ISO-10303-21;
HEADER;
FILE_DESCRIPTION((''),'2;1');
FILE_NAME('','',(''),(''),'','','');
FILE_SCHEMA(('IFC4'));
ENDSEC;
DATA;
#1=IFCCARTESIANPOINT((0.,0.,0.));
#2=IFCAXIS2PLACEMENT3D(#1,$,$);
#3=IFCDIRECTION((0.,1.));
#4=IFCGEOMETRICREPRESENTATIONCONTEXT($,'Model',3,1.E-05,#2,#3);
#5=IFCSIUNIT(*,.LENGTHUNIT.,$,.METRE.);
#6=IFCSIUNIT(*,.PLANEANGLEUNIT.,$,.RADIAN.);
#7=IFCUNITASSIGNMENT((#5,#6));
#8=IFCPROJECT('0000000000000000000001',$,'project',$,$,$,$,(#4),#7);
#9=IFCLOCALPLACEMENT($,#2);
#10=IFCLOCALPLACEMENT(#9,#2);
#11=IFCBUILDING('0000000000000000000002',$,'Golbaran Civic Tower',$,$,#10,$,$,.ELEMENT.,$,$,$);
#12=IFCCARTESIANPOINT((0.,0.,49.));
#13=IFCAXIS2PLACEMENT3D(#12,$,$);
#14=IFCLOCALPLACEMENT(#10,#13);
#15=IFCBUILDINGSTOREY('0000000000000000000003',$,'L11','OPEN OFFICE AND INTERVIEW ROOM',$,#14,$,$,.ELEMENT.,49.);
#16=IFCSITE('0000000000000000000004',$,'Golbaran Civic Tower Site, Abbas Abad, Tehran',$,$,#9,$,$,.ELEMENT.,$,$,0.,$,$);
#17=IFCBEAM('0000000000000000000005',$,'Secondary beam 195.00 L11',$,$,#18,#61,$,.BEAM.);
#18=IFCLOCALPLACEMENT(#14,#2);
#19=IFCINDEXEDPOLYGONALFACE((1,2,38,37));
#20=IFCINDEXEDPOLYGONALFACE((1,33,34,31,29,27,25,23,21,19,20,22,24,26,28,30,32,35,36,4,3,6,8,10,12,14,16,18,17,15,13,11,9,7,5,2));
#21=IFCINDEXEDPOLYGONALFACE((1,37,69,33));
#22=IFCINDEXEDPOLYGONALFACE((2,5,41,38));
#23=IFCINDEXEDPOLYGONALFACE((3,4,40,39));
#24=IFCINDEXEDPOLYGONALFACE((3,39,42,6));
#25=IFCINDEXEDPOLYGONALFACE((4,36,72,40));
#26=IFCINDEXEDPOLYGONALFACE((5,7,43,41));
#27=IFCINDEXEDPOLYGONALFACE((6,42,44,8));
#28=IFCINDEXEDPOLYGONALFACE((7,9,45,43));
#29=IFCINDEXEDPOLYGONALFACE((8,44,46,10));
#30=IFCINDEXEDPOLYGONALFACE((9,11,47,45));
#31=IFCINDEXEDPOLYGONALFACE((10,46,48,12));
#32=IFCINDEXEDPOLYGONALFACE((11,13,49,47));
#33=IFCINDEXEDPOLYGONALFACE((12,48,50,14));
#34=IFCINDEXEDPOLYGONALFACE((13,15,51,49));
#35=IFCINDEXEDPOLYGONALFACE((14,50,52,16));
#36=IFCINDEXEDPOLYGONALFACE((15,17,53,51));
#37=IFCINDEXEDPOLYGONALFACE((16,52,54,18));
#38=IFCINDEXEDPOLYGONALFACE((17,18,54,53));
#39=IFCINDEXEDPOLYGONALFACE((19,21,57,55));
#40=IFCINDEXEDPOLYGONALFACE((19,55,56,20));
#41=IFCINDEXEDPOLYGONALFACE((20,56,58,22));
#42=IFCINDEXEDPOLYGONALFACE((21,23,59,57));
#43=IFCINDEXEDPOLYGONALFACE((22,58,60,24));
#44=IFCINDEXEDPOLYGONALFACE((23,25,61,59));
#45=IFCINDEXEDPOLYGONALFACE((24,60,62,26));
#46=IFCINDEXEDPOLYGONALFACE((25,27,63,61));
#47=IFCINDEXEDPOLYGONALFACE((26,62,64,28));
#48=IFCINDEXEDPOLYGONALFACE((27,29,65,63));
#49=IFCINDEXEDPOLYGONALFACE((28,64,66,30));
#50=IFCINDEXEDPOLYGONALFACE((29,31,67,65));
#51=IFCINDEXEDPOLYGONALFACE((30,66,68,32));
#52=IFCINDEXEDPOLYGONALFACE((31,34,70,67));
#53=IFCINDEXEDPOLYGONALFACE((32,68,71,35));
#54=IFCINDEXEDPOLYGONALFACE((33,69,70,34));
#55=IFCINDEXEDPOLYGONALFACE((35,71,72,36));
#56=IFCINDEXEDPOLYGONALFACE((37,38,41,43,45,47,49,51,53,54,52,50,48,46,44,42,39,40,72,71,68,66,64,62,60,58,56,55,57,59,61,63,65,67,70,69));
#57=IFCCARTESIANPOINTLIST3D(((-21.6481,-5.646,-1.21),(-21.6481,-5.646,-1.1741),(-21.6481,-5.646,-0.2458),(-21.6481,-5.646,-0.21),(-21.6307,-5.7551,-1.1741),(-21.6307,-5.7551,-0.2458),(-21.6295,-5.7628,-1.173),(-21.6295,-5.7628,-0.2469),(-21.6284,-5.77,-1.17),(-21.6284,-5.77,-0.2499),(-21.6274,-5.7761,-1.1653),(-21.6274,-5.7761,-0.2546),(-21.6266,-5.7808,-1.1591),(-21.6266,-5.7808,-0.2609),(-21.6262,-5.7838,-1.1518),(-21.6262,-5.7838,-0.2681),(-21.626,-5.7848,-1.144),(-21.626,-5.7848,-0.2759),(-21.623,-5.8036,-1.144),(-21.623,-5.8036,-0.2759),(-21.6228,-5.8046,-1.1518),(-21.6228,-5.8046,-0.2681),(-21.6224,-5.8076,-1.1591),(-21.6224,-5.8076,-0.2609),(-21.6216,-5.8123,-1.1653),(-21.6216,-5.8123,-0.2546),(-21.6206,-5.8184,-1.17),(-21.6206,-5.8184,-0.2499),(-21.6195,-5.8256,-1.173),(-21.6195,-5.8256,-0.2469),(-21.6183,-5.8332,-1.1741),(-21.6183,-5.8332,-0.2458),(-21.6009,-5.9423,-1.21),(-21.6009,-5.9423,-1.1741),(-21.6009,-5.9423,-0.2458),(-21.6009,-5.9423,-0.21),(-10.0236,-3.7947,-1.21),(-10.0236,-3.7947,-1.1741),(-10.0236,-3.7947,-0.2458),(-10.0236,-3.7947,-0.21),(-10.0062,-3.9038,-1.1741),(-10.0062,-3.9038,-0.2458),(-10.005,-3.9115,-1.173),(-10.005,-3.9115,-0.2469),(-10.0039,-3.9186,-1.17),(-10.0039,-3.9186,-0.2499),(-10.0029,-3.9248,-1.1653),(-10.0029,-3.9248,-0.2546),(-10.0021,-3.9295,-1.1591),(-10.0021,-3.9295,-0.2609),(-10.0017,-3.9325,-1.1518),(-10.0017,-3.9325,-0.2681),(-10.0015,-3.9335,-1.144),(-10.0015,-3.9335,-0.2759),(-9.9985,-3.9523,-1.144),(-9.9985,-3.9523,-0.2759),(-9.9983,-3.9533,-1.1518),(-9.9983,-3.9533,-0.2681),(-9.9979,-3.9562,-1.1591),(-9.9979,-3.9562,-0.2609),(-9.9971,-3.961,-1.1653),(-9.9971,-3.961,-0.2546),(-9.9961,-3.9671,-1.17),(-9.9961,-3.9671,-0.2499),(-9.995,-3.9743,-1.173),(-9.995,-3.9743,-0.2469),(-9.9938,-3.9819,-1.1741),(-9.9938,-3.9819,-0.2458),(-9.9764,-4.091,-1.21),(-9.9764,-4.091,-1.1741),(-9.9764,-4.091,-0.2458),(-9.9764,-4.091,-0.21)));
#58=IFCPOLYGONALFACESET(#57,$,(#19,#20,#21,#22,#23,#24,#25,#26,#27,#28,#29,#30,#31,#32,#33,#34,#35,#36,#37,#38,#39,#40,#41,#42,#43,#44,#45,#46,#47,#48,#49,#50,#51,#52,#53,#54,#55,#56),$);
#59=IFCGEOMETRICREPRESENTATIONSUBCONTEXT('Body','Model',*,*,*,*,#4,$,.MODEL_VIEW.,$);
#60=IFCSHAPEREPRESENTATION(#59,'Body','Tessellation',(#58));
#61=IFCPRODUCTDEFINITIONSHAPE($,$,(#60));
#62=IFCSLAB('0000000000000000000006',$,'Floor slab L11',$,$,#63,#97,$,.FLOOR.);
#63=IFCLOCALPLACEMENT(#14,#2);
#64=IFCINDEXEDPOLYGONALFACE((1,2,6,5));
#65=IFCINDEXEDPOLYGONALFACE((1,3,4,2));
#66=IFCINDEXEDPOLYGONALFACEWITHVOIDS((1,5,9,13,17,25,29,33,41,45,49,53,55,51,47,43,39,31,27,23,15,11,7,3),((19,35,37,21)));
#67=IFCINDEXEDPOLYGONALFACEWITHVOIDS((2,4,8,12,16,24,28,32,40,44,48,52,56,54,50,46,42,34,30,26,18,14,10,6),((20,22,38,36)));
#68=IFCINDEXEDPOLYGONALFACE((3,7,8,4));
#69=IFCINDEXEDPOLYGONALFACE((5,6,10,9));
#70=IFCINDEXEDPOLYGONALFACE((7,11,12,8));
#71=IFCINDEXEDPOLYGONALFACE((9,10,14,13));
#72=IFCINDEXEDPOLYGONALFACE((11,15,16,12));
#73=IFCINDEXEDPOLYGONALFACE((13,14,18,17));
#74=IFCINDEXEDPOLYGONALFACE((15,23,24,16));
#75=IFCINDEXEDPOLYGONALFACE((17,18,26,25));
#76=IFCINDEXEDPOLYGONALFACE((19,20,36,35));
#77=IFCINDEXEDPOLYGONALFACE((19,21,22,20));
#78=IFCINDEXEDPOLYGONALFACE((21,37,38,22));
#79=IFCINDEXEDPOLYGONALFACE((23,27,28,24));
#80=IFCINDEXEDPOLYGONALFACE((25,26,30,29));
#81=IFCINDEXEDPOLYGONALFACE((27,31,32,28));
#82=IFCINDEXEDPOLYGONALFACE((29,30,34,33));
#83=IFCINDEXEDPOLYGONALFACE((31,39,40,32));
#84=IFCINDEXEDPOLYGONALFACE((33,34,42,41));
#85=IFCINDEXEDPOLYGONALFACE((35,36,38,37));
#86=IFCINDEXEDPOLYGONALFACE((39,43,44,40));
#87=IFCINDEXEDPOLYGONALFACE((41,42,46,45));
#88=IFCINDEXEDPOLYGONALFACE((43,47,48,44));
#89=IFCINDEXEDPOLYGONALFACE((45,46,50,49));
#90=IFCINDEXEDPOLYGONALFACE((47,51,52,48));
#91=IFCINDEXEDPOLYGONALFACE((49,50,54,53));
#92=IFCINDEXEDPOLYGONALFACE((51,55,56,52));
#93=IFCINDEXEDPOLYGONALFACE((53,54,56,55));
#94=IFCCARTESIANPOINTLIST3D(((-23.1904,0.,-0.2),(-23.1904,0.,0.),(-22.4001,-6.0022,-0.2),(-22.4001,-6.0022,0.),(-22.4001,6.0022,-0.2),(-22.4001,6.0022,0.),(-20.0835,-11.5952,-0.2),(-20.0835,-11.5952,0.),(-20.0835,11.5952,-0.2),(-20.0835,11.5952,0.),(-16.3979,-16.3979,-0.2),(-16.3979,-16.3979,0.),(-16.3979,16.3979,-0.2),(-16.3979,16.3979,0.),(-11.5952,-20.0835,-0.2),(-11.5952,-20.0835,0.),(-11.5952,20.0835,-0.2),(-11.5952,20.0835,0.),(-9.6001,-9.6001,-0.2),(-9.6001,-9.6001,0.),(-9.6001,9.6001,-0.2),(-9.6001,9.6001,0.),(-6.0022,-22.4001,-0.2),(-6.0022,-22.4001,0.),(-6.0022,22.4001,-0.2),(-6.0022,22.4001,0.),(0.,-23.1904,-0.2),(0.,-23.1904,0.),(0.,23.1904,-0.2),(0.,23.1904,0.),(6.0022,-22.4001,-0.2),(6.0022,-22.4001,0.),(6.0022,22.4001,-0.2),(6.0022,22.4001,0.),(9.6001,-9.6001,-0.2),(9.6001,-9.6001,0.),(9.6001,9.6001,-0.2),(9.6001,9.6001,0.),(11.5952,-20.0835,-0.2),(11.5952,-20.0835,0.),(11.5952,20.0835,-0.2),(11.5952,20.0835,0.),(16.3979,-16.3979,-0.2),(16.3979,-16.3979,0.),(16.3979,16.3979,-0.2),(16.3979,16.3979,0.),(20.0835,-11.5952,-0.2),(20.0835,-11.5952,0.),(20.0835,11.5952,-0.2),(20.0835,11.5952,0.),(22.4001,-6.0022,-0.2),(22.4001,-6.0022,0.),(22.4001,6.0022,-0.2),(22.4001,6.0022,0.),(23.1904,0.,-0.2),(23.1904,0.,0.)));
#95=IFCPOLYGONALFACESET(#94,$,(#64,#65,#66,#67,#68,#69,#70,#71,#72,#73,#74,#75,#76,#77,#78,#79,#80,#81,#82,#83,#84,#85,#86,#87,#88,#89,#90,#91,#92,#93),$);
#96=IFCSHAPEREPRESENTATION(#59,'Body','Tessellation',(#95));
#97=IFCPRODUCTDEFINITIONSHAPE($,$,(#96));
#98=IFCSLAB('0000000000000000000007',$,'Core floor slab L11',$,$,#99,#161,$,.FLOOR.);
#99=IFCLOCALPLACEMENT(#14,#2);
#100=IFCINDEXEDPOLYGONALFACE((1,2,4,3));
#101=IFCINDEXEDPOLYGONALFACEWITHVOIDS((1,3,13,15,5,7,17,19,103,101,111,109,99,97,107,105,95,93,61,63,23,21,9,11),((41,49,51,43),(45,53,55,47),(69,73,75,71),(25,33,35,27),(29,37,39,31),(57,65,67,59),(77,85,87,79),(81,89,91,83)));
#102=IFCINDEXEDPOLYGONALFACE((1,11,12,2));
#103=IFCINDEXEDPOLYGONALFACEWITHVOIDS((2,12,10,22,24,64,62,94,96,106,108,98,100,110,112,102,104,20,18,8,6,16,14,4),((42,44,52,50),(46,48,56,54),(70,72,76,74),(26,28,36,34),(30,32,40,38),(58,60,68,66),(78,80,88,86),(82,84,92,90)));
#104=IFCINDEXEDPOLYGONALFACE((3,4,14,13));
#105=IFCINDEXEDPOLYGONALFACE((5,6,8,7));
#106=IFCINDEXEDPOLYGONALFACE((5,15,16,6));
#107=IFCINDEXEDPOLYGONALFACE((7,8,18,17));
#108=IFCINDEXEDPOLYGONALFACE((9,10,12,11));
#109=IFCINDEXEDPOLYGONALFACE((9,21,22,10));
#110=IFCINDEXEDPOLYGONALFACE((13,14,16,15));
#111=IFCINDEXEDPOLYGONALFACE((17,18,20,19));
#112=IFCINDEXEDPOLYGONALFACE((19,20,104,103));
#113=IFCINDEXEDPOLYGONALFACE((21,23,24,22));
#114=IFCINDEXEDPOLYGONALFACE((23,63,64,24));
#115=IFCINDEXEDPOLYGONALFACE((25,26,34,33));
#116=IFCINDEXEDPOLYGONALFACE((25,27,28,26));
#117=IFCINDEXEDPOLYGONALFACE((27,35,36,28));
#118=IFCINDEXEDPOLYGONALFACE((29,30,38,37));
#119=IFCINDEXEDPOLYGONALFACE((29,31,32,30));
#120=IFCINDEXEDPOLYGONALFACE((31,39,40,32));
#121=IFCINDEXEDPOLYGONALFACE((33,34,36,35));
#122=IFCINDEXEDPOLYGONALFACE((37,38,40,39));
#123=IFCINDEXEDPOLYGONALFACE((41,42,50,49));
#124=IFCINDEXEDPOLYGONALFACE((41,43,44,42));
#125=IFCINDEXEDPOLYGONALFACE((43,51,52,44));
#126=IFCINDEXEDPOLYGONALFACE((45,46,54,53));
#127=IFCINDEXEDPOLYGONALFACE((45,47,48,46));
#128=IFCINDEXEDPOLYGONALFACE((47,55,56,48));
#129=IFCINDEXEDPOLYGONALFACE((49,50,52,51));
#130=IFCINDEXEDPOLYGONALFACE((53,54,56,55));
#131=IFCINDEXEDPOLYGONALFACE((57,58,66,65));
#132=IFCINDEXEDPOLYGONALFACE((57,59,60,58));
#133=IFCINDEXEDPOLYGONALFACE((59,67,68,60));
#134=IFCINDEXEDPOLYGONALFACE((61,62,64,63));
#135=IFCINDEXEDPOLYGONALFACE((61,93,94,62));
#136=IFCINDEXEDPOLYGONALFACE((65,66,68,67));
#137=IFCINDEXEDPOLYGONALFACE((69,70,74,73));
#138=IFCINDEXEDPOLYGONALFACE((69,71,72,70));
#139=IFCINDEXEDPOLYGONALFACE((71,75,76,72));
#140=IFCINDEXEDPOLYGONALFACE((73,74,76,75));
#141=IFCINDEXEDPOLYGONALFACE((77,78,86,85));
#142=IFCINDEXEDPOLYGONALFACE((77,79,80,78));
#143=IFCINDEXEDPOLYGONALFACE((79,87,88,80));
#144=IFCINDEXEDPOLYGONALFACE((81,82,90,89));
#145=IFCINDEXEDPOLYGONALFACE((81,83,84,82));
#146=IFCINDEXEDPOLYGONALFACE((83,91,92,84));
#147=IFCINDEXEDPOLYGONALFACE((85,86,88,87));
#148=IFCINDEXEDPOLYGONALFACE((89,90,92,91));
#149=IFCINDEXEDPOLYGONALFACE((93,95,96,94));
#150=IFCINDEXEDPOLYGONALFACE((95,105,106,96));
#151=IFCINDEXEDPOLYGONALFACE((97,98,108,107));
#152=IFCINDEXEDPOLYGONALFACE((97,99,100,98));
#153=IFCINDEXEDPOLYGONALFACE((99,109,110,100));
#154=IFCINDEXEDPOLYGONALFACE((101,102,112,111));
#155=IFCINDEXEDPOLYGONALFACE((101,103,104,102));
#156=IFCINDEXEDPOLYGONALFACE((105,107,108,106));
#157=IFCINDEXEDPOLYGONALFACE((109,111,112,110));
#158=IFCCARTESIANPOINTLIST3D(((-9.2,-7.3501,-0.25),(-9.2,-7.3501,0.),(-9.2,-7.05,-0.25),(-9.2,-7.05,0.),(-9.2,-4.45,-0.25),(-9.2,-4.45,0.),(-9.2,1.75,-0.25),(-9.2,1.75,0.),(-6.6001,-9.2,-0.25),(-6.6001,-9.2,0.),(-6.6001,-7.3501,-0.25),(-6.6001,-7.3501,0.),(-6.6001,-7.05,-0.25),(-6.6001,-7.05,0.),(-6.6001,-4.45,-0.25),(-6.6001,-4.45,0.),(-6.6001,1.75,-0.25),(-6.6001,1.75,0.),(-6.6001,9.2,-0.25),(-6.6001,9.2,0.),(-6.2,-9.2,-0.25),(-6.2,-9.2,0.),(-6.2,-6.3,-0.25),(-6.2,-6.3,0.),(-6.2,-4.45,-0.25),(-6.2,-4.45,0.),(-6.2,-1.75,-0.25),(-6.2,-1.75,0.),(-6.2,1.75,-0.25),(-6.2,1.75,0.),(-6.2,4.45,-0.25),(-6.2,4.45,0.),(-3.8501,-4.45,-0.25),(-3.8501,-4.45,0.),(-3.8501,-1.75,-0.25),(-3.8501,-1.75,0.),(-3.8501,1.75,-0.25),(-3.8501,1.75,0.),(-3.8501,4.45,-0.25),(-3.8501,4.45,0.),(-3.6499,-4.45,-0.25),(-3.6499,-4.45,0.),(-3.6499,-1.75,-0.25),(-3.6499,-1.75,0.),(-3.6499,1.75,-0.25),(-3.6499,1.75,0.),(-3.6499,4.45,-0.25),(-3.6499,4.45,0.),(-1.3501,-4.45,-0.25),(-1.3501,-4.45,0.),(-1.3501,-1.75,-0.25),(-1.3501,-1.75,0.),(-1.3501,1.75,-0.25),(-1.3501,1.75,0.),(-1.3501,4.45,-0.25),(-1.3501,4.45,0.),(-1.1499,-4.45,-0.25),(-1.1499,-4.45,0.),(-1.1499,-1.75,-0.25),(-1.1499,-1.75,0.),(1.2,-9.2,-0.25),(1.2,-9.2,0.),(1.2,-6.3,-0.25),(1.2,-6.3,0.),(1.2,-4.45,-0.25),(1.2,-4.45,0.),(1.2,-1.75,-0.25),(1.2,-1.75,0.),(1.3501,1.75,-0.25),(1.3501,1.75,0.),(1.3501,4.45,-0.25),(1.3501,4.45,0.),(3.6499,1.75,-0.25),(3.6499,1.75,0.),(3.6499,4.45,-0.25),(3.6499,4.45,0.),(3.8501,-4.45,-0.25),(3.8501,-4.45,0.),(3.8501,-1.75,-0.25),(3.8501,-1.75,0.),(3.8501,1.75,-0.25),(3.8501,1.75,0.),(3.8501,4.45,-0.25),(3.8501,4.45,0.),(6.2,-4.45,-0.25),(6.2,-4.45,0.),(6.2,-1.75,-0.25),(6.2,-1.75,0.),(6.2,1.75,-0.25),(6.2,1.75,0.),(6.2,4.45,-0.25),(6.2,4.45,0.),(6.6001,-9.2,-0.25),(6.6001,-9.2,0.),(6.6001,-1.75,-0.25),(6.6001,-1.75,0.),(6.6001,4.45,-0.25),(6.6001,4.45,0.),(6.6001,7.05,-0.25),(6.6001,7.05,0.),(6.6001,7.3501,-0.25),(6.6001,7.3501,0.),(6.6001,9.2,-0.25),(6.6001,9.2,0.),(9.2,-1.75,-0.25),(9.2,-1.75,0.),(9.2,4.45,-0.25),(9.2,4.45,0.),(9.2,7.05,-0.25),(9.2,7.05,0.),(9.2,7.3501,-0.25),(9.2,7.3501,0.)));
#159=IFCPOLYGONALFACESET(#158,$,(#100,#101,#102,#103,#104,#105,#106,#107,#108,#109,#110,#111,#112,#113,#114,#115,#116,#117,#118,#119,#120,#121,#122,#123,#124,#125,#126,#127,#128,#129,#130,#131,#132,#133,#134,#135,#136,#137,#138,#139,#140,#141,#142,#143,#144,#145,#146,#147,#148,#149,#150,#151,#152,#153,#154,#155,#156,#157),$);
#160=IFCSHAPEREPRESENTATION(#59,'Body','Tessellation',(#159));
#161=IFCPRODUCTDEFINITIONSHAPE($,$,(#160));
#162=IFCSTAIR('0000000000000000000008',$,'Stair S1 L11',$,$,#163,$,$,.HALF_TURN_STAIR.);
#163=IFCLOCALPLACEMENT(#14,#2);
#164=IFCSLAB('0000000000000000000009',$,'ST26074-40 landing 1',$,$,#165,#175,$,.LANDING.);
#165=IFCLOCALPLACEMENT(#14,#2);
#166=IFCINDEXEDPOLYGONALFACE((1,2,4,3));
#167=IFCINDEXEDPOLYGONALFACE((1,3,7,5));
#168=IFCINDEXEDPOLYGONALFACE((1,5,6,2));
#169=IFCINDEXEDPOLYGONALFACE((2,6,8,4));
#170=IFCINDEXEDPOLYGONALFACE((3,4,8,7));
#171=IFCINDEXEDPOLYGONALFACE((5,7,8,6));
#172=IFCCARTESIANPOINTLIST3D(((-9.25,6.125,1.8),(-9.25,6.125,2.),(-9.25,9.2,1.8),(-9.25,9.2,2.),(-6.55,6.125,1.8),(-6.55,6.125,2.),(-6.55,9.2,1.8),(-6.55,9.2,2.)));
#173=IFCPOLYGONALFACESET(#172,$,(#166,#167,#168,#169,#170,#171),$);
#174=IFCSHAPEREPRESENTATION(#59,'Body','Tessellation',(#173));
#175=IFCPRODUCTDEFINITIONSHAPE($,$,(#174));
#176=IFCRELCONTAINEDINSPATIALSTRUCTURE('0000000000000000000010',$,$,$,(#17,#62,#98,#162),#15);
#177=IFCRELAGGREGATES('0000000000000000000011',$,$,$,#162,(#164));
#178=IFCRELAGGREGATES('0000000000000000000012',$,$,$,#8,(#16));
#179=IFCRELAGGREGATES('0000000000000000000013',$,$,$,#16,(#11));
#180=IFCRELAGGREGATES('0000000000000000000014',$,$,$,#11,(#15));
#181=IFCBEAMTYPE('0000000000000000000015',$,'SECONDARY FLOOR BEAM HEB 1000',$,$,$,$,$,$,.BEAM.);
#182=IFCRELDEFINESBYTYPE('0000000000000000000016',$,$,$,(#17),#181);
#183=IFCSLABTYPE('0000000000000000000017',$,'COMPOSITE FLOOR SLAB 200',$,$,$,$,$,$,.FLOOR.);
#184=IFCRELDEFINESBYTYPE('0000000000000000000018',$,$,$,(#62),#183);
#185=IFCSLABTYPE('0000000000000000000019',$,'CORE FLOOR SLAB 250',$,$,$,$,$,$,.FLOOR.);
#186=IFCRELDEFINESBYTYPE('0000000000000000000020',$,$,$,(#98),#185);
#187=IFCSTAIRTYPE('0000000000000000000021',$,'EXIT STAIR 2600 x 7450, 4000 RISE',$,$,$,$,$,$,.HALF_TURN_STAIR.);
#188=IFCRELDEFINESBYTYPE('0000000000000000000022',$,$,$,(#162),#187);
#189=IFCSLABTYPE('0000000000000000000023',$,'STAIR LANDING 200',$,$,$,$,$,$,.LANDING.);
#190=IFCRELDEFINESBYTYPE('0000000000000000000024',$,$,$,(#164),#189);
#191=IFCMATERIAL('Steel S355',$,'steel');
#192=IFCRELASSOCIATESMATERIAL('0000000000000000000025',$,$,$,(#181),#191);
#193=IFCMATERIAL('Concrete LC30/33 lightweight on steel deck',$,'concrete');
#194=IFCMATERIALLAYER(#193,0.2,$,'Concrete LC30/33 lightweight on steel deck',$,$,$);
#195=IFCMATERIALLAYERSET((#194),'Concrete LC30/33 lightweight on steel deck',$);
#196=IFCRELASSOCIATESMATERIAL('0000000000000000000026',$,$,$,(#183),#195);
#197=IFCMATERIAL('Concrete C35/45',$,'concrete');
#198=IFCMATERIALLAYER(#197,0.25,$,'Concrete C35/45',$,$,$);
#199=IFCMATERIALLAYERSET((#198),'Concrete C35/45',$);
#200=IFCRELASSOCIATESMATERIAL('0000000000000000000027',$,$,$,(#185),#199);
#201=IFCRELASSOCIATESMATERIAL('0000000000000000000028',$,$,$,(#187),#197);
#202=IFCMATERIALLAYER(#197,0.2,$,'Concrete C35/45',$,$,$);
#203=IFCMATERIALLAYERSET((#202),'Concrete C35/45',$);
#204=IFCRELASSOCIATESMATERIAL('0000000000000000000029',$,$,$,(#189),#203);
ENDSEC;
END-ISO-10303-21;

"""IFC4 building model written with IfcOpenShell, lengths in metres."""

from ifc_helpers import new_model, si_unit, direction, frame, origin, origin_2d, place, context, subcontext, project, spatial, polyline, i_section, outline, extrude, material, layer, layer_set, material_profile, profile_set, type_object, element, aggregate, save


model = new_model("IFC4")

# Units and contexts
model_context = context("Model", 3, precision=1e-05, world=origin(), true_north=direction((0.0, 1.0)))
body_context = subcontext(model_context, "Body", "Model", "MODEL_VIEW")
ifc_project = project(units=[si_unit("LENGTHUNIT", "METRE"), si_unit("PLANEANGLEUNIT", "RADIAN")], contexts=[model_context])

# Site, building, storey
site_placement = place(None, origin())
site = spatial("IfcSite", under=ifc_project, at=site_placement, Name="Golbaran Civic Tower Site, Abbas Abad, Tehran", CompositionType="ELEMENT", RefElevation=0.0)
building_placement = place(site_placement, origin())
building = spatial("IfcBuilding", under=site, at=building_placement, Name="Golbaran Civic Tower", CompositionType="ELEMENT")
storey_placement = place(building_placement, frame((0.0, 0.0, 49.0)))
storey = spatial("IfcBuildingStorey", under=building, at=storey_placement, Name="L11", Description="OPEN OFFICE AND INTERVIEW ROOM", CompositionType="ELEMENT", Elevation=49.0)

# Beam
ifc_material_1 = material(Name="Steel S355", Category="steel")
ifc_material_profile_1 = material_profile(ifc_material_1, i_section(OverallWidth=0.3, OverallDepth=1.0, WebThickness=0.019, FlangeThickness=0.0359, FilletRadius=0.03, at=origin_2d()), Name="HEB 1000")
ifc_profile_set_1 = profile_set([ifc_material_profile_1], Name="Steel S355")
beam_type_1 = type_object("IfcBeamType", Name="SECONDARY FLOOR BEAM HEB 1000", PredefinedType="BEAM", material=ifc_profile_set_1)
beam_1_placement = place(storey_placement, frame((-10.0, -3.9429, -0.71), z_axis=(-0.987554, -0.157278, 0.0), x_axis=(0.157278, -0.987554, 0.0)))
element("IfcBeam", 1, at=beam_1_placement, inside=storey, type_object=beam_type_1, Name="Secondary beam 195.00 L11", PredefinedType="BEAM", context=body_context, shape_type="SweptSolid", body=[
    extrude(i_section(OverallWidth=0.3, OverallDepth=1.0, WebThickness=0.019, FlangeThickness=0.0359, FilletRadius=0.03, at=origin_2d()), origin(), (0.0, 0.0, 1.0), 11.771),
])

# Slabs
ifc_material_2 = material(Name="Concrete LC30/33 lightweight on steel deck", Category="concrete")
ifc_layer_1 = layer(ifc_material_2, 0.2, Name="Concrete LC30/33 lightweight on steel deck")
ifc_layer_set_1 = layer_set([ifc_layer_1], Name="Concrete LC30/33 lightweight on steel deck")
slab_type_1 = type_object("IfcSlabType", Name="COMPOSITE FLOOR SLAB 200", PredefinedType="FLOOR", material=ifc_layer_set_1)
slab_1_placement = place(storey_placement, frame((0.0, 0.0, -0.2)))
element("IfcSlab", 2, at=slab_1_placement, inside=storey, type_object=slab_type_1, Name="Floor slab L11", PredefinedType="FLOOR", context=body_context, shape_type="SweptSolid", body=[
    extrude(outline(polyline([(20.0835, -11.5952), (16.3979, -16.3979), (11.5952, -20.0835), (6.0022, -22.4001), (0.0, -23.1904), (-6.0022, -22.4001), (-11.5952, -20.0835), (-16.3979, -16.3979), (-20.0835, -11.5952), (-22.4001, -6.0022), (-23.1904, 0.0), (-22.4001, 6.0022), (-20.0835, 11.5952), (-16.3979, 16.3979), (-11.5952, 20.0835), (-6.0022, 22.4001), (0.0, 23.1904), (6.0022, 22.4001), (11.5952, 20.0835), (16.3979, 16.3979), (20.0835, 11.5952), (22.4001, 6.0022), (23.1904, 0.0), (22.4001, -6.0022), (20.0835, -11.5952)]), holes=[polyline([(-9.6001, 9.6001), (-9.6001, -9.6001), (9.6001, -9.6001), (9.6001, 9.6001), (-9.6001, 9.6001)])]), origin(), (0.0, 0.0, 1.0), 0.2),
])
ifc_material_3 = material(Name="Concrete C35/45", Category="concrete")
ifc_layer_2 = layer(ifc_material_3, 0.25, Name="Concrete C35/45")
ifc_layer_set_2 = layer_set([ifc_layer_2], Name="Concrete C35/45")
slab_type_2 = type_object("IfcSlabType", Name="CORE FLOOR SLAB 250", PredefinedType="FLOOR", material=ifc_layer_set_2)
slab_2_placement = place(storey_placement, frame((0.0, 0.0, -0.25)))
element("IfcSlab", 3, at=slab_2_placement, inside=storey, type_object=slab_type_2, Name="Core floor slab L11", PredefinedType="FLOOR", context=body_context, shape_type="SweptSolid", body=[
    extrude(outline(polyline([(6.6001, -1.75), (6.6001, -9.2), (1.2, -9.2), (1.2, -6.3), (-6.2, -6.3), (-6.2, -9.2), (-6.6001, -9.2), (-6.6001, -7.3501), (-9.2, -7.3501), (-9.2, -7.05), (-6.6001, -7.05), (-6.6001, -4.45), (-9.2, -4.45), (-9.2, 1.75), (-6.6001, 1.75), (-6.6001, 9.2), (6.6001, 9.2), (6.6001, 7.3501), (9.2, 7.3501), (9.2, 7.05), (6.6001, 7.05), (6.6001, 4.45), (9.2, 4.45), (9.2, -1.75), (6.6001, -1.75)]), holes=[polyline([(6.2, -1.75), (3.8501, -1.75), (3.8501, -4.45), (6.2, -4.45), (6.2, -1.75)]), polyline([(6.2, 4.45), (3.8501, 4.45), (3.8501, 1.75), (6.2, 1.75), (6.2, 4.45)]), polyline([(3.6499, 4.45), (1.3501, 4.45), (1.3501, 1.75), (3.6499, 1.75), (3.6499, 4.45)]), polyline([(1.2, -1.75), (-1.1499, -1.75), (-1.1499, -4.45), (1.2, -4.45), (1.2, -1.75)]), polyline([(-1.3501, 4.45), (-3.6499, 4.45), (-3.6499, 1.75), (-1.3501, 1.75), (-1.3501, 4.45)]), polyline([(-1.3501, -1.75), (-3.6499, -1.75), (-3.6499, -4.45), (-1.3501, -4.45), (-1.3501, -1.75)]), polyline([(-3.8501, -1.75), (-6.2, -1.75), (-6.2, -4.45), (-3.8501, -4.45), (-3.8501, -1.75)]), polyline([(-3.8501, 4.45), (-6.2, 4.45), (-6.2, 1.75), (-3.8501, 1.75), (-3.8501, 4.45)])]), origin(), (0.0, 0.0, 1.0), 0.25),
])

# Stair, slab
stair_type_1 = type_object("IfcStairType", Name="EXIT STAIR 2600 x 7450, 4000 RISE", PredefinedType="HALF_TURN_STAIR", material=ifc_material_3)
stair_1_placement = place(storey_placement, origin())
stair_1 = element("IfcStair", 4, at=stair_1_placement, inside=storey, type_object=stair_type_1, Name="Stair S1 L11", PredefinedType="HALF_TURN_STAIR")
ifc_layer_3 = layer(ifc_material_3, 0.2, Name="Concrete C35/45")
ifc_layer_set_3 = layer_set([ifc_layer_3], Name="Concrete C35/45")
slab_type_3 = type_object("IfcSlabType", Name="STAIR LANDING 200", PredefinedType="LANDING", material=ifc_layer_set_3)
slab_3_placement = place(storey_placement, frame((0.0, 0.0, 1.8)))
slab_3 = element("IfcSlab", 5, at=slab_3_placement, type_object=slab_type_3, Name="ST26074-40 landing 1", PredefinedType="LANDING", context=body_context, shape_type="SweptSolid", body=[
    extrude(outline(polyline([(-9.25, 6.125), (-9.25, 9.2), (-6.55, 9.2), (-6.55, 6.125), (-9.25, 6.125)])), origin(), (0.0, 0.0, 1.0), 0.2),
])
aggregate(stair_1, [slab_3])

save(model, "model.ifc")
